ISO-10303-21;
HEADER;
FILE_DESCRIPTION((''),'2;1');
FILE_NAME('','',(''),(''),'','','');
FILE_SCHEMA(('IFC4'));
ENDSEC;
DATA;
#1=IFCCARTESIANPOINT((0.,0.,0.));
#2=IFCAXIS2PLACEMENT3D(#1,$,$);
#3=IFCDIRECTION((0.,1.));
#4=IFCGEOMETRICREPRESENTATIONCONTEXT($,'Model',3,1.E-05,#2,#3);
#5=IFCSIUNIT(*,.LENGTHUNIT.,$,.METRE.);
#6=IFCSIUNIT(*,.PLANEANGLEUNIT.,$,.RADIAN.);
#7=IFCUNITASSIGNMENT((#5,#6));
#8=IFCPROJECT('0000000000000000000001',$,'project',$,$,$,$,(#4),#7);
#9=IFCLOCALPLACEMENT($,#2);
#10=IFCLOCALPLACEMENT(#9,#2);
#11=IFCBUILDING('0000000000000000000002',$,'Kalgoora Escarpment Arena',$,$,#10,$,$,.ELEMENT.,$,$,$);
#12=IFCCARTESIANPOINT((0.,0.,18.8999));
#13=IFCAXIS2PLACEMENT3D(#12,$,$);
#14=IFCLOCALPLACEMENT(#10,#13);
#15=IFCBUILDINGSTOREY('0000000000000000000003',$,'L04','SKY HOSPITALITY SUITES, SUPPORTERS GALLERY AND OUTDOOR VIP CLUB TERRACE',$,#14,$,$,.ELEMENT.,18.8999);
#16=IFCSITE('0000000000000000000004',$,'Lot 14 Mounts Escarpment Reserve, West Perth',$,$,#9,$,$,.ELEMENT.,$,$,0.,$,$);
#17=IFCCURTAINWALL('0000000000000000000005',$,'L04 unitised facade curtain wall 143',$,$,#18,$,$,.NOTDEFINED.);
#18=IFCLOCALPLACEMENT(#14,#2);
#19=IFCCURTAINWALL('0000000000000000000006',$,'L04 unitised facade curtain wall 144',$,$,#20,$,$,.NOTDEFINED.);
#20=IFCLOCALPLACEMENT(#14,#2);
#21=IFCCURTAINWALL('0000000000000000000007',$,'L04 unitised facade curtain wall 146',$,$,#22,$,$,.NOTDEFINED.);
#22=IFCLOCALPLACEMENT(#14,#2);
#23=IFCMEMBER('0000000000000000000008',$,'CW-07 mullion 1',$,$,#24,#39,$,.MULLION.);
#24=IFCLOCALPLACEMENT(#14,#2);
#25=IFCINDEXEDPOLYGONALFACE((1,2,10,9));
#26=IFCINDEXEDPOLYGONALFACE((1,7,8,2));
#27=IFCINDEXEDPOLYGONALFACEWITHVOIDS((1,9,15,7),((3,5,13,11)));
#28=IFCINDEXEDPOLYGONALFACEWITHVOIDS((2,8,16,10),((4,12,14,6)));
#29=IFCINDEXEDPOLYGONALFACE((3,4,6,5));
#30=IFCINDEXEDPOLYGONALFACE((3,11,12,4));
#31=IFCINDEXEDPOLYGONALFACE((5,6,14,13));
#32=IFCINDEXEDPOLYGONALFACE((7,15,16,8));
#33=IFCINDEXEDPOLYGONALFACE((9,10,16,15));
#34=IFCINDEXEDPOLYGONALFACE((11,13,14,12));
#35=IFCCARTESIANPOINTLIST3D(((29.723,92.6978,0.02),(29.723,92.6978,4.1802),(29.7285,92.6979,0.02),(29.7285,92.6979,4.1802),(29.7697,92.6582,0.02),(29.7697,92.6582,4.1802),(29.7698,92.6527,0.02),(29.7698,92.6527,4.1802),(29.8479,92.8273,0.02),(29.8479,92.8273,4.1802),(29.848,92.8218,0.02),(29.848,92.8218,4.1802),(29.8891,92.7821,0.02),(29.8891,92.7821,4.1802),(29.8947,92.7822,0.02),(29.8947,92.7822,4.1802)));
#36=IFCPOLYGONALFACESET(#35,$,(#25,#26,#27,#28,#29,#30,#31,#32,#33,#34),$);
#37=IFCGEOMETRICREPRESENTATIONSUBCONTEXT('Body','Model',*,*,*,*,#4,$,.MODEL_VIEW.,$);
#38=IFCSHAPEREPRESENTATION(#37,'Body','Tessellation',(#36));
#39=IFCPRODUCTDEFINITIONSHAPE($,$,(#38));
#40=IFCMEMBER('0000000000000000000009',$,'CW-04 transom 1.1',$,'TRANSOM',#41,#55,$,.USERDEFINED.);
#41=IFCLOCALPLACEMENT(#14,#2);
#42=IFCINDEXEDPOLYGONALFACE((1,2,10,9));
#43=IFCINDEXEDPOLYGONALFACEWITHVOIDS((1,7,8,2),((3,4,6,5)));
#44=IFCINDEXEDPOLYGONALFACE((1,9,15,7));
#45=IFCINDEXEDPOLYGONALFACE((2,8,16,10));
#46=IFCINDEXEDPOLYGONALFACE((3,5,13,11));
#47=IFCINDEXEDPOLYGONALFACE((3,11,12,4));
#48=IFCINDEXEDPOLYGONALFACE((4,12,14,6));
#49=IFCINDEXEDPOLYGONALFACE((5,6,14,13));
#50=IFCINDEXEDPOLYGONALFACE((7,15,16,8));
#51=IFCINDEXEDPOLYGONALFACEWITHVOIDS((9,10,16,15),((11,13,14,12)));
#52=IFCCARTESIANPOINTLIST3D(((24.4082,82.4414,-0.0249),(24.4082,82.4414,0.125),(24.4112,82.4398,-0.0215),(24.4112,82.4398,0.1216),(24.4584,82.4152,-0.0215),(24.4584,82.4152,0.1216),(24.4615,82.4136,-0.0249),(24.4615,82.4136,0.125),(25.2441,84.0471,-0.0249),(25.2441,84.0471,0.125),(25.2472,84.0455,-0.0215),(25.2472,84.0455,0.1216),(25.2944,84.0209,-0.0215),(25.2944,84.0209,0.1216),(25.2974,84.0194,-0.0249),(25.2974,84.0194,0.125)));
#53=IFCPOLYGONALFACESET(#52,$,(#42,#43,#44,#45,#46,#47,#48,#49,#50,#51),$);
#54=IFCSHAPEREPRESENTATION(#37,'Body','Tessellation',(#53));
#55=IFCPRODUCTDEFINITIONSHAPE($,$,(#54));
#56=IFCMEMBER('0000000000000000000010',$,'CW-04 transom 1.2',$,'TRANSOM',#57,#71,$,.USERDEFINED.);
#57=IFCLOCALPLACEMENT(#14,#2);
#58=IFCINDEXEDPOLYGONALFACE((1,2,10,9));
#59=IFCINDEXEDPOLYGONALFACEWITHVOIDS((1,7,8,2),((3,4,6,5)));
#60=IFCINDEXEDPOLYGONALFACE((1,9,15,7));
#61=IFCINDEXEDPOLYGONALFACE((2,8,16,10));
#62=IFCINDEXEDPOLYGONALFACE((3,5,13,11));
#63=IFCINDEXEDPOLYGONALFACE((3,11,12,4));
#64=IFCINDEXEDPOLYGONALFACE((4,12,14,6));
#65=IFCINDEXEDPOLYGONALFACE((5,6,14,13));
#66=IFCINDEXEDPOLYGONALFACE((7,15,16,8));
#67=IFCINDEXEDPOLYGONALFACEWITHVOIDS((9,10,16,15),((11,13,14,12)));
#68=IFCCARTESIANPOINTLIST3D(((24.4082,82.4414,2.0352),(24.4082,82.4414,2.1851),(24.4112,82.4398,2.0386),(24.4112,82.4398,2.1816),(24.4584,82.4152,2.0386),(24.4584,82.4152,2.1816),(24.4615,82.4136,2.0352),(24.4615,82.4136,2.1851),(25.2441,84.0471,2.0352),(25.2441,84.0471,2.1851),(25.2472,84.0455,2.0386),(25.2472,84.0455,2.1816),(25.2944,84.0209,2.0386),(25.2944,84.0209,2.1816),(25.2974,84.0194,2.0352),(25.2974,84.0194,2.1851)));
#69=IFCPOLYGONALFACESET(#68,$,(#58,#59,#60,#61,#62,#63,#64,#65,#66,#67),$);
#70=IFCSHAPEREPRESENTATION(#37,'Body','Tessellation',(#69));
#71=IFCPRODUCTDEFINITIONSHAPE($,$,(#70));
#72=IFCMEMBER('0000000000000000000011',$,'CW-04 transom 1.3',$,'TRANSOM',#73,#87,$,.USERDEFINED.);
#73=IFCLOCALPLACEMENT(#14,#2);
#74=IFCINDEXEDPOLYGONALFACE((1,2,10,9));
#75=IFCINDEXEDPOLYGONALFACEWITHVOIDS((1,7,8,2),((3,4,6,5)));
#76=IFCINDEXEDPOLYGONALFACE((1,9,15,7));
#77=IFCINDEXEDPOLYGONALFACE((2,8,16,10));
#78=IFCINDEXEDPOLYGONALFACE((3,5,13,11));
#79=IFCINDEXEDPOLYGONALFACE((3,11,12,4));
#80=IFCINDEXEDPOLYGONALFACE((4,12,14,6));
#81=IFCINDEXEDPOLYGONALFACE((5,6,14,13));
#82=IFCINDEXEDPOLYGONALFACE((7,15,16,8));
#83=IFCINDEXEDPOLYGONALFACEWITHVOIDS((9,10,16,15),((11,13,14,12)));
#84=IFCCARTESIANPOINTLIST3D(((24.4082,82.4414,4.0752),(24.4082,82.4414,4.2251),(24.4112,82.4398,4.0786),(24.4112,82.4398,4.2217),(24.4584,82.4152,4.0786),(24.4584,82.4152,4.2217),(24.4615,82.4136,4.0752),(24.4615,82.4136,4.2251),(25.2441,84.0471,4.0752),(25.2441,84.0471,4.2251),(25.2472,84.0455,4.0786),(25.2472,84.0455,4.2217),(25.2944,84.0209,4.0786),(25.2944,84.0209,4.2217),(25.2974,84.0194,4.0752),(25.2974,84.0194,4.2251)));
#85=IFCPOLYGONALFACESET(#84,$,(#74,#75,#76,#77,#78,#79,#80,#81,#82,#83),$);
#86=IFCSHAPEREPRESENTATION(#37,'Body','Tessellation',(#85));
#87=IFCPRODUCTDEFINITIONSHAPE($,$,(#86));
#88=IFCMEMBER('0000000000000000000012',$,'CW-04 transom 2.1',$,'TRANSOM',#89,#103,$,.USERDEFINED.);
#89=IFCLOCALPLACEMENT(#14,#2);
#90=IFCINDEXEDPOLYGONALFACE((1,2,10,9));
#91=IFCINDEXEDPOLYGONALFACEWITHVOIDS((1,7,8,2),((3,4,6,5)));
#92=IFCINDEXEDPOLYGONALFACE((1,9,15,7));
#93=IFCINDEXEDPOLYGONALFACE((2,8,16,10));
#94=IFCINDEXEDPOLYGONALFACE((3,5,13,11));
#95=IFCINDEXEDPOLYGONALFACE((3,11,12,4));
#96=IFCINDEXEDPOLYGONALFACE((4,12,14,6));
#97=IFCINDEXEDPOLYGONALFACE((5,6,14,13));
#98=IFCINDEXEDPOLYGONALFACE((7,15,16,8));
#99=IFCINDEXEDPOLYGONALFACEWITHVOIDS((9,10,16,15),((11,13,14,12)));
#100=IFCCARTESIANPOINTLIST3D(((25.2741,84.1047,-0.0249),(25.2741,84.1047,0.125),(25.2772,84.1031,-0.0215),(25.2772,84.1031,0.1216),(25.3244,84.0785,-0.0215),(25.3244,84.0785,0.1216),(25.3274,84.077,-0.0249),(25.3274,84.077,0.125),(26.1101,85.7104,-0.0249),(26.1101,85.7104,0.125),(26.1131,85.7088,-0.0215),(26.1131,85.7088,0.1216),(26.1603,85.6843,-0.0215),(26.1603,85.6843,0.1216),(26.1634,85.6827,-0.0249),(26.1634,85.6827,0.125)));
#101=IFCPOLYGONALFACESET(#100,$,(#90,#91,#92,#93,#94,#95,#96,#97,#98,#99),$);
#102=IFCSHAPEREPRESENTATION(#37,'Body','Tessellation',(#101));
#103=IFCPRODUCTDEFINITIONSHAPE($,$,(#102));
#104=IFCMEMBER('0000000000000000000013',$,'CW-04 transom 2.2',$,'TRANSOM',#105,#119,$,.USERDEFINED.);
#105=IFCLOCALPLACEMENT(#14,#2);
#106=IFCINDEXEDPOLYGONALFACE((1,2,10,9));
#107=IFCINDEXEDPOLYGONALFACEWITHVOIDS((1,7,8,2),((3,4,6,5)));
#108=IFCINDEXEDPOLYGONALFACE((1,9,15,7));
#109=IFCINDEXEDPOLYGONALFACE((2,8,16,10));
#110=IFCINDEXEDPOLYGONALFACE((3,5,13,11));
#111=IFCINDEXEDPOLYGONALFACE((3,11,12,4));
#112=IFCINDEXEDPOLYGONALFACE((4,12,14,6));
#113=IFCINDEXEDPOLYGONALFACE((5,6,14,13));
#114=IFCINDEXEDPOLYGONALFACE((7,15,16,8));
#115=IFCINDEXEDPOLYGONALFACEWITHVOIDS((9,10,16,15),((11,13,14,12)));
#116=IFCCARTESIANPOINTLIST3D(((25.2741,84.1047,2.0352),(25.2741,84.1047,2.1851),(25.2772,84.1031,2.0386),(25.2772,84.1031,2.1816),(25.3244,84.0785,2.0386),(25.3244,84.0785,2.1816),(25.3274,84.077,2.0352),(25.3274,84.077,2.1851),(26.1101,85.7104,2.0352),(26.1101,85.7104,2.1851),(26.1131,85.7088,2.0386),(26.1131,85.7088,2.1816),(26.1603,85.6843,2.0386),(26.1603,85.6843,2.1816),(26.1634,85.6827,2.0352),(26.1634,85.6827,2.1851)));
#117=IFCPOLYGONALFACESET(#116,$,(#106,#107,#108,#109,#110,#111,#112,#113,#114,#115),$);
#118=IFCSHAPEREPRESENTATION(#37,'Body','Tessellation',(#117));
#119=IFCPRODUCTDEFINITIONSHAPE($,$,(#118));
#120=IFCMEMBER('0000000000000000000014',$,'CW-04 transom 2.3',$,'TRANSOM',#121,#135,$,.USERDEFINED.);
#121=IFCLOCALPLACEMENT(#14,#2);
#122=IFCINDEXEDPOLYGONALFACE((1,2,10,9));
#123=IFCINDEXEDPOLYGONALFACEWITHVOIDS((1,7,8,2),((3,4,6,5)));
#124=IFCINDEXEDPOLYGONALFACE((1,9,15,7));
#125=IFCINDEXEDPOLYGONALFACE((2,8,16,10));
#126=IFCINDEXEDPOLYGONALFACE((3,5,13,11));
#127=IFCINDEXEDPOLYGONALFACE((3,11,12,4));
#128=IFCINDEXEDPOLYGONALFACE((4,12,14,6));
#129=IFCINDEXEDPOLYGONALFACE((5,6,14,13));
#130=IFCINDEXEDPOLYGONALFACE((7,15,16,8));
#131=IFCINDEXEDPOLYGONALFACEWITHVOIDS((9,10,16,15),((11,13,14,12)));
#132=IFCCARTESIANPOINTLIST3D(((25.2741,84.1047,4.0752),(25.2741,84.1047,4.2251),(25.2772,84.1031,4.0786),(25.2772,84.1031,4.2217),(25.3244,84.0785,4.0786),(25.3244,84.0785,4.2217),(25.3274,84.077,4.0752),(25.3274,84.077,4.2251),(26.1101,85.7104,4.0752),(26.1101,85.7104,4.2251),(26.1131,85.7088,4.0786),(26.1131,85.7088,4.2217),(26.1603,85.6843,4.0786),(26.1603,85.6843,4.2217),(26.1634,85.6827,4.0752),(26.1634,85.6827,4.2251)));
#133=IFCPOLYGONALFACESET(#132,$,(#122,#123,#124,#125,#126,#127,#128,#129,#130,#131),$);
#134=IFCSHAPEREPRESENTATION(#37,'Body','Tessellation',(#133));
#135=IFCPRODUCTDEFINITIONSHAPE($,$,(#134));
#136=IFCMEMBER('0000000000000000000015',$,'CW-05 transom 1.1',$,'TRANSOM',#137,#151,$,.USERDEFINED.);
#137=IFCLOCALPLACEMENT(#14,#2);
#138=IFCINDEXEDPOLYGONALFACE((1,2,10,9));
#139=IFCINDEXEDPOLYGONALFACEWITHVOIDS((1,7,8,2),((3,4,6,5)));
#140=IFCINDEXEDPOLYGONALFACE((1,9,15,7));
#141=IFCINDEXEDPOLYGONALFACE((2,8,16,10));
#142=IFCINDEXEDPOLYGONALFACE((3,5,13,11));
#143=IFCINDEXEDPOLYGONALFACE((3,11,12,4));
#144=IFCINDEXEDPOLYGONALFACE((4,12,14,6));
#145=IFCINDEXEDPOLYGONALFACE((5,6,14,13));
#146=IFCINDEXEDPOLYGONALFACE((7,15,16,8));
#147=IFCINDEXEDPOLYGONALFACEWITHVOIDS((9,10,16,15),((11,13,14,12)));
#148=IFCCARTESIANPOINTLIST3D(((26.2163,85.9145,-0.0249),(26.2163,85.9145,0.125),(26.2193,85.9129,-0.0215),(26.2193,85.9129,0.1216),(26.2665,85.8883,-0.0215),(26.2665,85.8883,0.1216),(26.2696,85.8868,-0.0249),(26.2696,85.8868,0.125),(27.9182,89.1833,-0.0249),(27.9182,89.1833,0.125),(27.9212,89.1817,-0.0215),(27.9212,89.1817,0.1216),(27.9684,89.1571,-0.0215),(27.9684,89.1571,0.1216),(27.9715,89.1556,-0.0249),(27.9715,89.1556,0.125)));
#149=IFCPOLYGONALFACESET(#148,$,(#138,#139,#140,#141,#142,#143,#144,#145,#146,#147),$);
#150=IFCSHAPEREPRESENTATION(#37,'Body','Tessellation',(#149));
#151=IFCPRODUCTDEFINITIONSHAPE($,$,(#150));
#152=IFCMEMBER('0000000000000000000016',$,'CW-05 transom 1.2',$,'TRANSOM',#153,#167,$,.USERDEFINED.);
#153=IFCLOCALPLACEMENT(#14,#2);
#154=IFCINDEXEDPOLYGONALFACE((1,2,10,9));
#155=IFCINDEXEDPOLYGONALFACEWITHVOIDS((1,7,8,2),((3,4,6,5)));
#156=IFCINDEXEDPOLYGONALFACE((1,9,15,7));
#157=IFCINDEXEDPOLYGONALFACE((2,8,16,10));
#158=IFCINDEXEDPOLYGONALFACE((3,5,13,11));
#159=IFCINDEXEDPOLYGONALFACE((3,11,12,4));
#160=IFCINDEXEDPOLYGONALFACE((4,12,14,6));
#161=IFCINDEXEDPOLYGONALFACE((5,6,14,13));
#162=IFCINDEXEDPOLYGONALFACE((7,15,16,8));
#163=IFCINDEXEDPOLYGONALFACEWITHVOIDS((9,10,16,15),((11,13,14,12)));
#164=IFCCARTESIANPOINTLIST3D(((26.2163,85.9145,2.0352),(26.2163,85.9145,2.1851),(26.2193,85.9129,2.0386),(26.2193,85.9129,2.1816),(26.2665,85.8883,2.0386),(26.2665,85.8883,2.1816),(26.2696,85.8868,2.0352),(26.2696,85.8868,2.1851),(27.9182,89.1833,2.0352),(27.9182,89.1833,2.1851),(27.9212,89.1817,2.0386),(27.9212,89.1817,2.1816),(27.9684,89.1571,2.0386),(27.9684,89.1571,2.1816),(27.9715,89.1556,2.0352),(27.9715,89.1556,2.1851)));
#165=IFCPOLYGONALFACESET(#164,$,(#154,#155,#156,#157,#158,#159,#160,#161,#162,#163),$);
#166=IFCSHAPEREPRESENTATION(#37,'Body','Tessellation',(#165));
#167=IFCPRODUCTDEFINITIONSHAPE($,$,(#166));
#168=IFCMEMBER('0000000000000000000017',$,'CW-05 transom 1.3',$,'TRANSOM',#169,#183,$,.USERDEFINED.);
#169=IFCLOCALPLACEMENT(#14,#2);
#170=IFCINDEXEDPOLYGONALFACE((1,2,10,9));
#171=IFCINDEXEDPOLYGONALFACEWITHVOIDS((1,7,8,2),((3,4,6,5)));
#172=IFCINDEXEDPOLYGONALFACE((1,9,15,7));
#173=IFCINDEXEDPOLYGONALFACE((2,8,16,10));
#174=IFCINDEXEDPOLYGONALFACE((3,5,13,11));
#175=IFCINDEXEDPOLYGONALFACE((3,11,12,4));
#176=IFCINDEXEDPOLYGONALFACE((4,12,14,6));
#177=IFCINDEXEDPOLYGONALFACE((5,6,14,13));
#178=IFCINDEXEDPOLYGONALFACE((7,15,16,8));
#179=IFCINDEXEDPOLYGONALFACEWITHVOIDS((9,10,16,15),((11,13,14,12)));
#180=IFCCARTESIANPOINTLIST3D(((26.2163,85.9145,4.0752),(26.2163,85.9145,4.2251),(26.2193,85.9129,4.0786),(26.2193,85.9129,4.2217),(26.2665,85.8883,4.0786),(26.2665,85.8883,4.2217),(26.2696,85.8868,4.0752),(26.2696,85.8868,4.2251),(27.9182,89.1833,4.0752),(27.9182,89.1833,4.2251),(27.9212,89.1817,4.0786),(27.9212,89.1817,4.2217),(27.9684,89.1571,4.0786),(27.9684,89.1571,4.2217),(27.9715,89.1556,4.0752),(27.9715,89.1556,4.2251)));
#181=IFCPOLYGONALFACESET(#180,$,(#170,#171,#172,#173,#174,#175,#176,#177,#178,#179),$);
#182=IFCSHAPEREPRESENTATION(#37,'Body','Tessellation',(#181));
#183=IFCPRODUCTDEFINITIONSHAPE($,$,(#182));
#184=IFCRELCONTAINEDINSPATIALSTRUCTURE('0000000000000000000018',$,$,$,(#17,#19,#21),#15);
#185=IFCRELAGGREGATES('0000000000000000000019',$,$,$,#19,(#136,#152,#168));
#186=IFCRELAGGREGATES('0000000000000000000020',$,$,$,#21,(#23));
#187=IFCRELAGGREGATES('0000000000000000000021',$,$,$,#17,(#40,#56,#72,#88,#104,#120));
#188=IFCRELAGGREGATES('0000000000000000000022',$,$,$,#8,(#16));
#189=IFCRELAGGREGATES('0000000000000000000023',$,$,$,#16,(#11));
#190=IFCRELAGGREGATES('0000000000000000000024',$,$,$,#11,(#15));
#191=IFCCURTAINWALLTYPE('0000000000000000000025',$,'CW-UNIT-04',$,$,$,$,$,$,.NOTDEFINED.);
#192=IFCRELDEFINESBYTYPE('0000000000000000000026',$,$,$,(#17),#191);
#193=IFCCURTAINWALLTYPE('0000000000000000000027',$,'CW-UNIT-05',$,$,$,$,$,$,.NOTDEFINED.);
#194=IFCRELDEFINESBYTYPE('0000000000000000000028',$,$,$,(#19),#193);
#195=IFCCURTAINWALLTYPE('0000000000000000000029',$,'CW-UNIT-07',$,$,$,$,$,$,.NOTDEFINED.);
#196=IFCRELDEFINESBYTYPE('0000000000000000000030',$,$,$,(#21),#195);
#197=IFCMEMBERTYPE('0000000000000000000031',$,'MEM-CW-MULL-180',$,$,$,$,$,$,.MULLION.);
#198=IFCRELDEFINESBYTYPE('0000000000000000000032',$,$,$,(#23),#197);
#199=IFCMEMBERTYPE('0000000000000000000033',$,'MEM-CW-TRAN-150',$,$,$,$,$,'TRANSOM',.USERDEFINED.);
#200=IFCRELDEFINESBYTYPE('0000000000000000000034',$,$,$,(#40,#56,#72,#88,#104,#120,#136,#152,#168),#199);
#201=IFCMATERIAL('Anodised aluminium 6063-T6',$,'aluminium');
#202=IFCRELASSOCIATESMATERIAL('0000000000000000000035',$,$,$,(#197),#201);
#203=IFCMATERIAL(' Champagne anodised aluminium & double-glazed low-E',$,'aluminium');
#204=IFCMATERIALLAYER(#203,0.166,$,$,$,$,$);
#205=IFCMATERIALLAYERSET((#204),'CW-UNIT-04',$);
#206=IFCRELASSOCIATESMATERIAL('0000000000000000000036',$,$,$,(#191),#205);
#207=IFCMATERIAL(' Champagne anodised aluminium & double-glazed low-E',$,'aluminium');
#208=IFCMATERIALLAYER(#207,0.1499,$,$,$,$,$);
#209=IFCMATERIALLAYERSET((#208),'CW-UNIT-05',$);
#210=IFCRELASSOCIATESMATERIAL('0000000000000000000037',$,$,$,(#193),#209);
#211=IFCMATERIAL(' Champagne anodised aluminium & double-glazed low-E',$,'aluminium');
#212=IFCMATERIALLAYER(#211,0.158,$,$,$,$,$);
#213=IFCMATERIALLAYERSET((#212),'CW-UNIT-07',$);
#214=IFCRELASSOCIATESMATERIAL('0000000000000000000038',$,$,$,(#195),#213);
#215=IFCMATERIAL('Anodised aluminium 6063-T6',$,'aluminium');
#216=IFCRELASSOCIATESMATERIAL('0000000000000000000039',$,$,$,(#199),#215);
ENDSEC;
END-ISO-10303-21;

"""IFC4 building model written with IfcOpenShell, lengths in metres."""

from ifc_helpers import new_model, si_unit, direction, frame, origin, origin_2d, place, context, subcontext, project, spatial, hollow_rectangle, extrude, material, layer, layer_set, material_profile, profile_set, type_object, element, aggregate, save


model = new_model("IFC4")

# Units and contexts
model_context = context("Model", 3, precision=1e-05, world=origin(), true_north=direction((0.0, 1.0)))
body_context = subcontext(model_context, "Body", "Model", "MODEL_VIEW")
ifc_project = project(units=[si_unit("LENGTHUNIT", "METRE"), si_unit("PLANEANGLEUNIT", "RADIAN")], contexts=[model_context])

# Site, building, storey
site_placement = place(None, origin())
site = spatial("IfcSite", under=ifc_project, at=site_placement, Name="Lot 14 Mounts Escarpment Reserve, West Perth", CompositionType="ELEMENT", RefElevation=0.0)
building_placement = place(site_placement, origin())
building = spatial("IfcBuilding", under=site, at=building_placement, Name="Kalgoora Escarpment Arena", CompositionType="ELEMENT")
storey_placement = place(building_placement, frame((0.0, 0.0, 18.8999)))
storey = spatial("IfcBuildingStorey", under=building, at=storey_placement, Name="L04", Description="SKY HOSPITALITY SUITES, SUPPORTERS GALLERY AND OUTDOOR VIP CLUB TERRACE", CompositionType="ELEMENT", Elevation=18.8999)

# Shared definitions
ifc_material_1 = material(Name="Anodised aluminium 6063-T6", Category="aluminium")
ifc_material_profile_1 = material_profile(ifc_material_1, hollow_rectangle(XDim=0.0649, YDim=0.1799, WallThickness=0.0039, at=origin_2d()))
ifc_profile_set_1 = profile_set([ifc_material_profile_1], Name="Anodised aluminium 6063-T6")
member_type_1 = type_object("IfcMemberType", Name="MEM-CW-MULL-180", PredefinedType="MULLION", material=ifc_profile_set_1)

# Curtain walls
ifc_material_2 = material(Name=" Champagne anodised aluminium & double-glazed low-E", Category="aluminium")
ifc_layer_1 = layer(ifc_material_2, 0.166)
ifc_layer_set_1 = layer_set([ifc_layer_1], Name="CW-UNIT-04")
curtain_wall_type_1 = type_object("IfcCurtainWallType", Name="CW-UNIT-04", PredefinedType="NOTDEFINED", material=ifc_layer_set_1)
curtain_wall_1_placement = place(storey_placement, origin())
curtain_wall_1 = element("IfcCurtainWall", 1, at=curtain_wall_1_placement, inside=storey, type_object=curtain_wall_type_1, Name="L04 unitised facade curtain wall 143", PredefinedType="NOTDEFINED")
ifc_material_3 = material(Name=" Champagne anodised aluminium & double-glazed low-E", Category="aluminium")
ifc_layer_2 = layer(ifc_material_3, 0.1499)
ifc_layer_set_2 = layer_set([ifc_layer_2], Name="CW-UNIT-05")
curtain_wall_type_2 = type_object("IfcCurtainWallType", Name="CW-UNIT-05", PredefinedType="NOTDEFINED", material=ifc_layer_set_2)
curtain_wall_2_placement = place(storey_placement, origin())
curtain_wall_2 = element("IfcCurtainWall", 2, at=curtain_wall_2_placement, inside=storey, type_object=curtain_wall_type_2, Name="L04 unitised facade curtain wall 144", PredefinedType="NOTDEFINED")

# Curtain wall, member
ifc_material_4 = material(Name=" Champagne anodised aluminium & double-glazed low-E", Category="aluminium")
ifc_layer_3 = layer(ifc_material_4, 0.158)
ifc_layer_set_3 = layer_set([ifc_layer_3], Name="CW-UNIT-07")
curtain_wall_type_3 = type_object("IfcCurtainWallType", Name="CW-UNIT-07", PredefinedType="NOTDEFINED", material=ifc_layer_set_3)
curtain_wall_3_placement = place(storey_placement, origin())
curtain_wall_3 = element("IfcCurtainWall", 3, at=curtain_wall_3_placement, inside=storey, type_object=curtain_wall_type_3, Name="L04 unitised facade curtain wall 146", PredefinedType="NOTDEFINED")
member_1_placement = place(storey_placement, frame((29.8088, 92.74, 0.02), z_axis=(0.0, 0.0, 1.0), x_axis=(-0.71978, 0.694202, 0.0)))
member_1 = element("IfcMember", 4, at=member_1_placement, type_object=member_type_1, Name="CW-07 mullion 1", PredefinedType="MULLION", context=body_context, shape_type="SweptSolid", body=[
    extrude(hollow_rectangle(XDim=0.0649, YDim=0.1799, WallThickness=0.0039, at=origin_2d()), origin(), (0.0, 0.0, 1.0), 4.1602),
])

# Members
ifc_material_5 = material(Name="Anodised aluminium 6063-T6", Category="aluminium")
ifc_material_profile_2 = material_profile(ifc_material_5, hollow_rectangle(XDim=0.0601, YDim=0.1499, WallThickness=0.0034, at=origin_2d()))
ifc_profile_set_2 = profile_set([ifc_material_profile_2], Name="Anodised aluminium 6063-T6")
member_type_2 = type_object("IfcMemberType", Name="MEM-CW-TRAN-150", ElementType="TRANSOM", PredefinedType="USERDEFINED", material=ifc_profile_set_2)
member_2_placement = place(storey_placement, frame((24.4348, 82.4275, 0.05), z_axis=(0.461773, 0.886998, 0.0), x_axis=(-0.886998, 0.461773, 0.0)))
member_2 = element("IfcMember", 5, at=member_2_placement, type_object=member_type_2, Name="CW-04 transom 1.1", ObjectType="TRANSOM", PredefinedType="USERDEFINED", context=body_context, shape_type="SweptSolid", body=[
    extrude(hollow_rectangle(XDim=0.0601, YDim=0.1499, WallThickness=0.0034, at=origin_2d()), origin(), (0.0, 0.0, 1.0), 1.8103),
])
member_3_placement = place(storey_placement, frame((24.4348, 82.4275, 2.1101), z_axis=(0.461773, 0.886998, 0.0), x_axis=(-0.886998, 0.461773, 0.0)))
member_3 = element("IfcMember", 6, at=member_3_placement, type_object=member_type_2, Name="CW-04 transom 1.2", ObjectType="TRANSOM", PredefinedType="USERDEFINED", context=body_context, shape_type="SweptSolid", body=[
    extrude(hollow_rectangle(XDim=0.0601, YDim=0.1499, WallThickness=0.0034, at=origin_2d()), origin(), (0.0, 0.0, 1.0), 1.8103),
])
member_4_placement = place(storey_placement, frame((24.4348, 82.4275, 4.1501), z_axis=(0.461773, 0.886998, 0.0), x_axis=(-0.886998, 0.461773, 0.0)))
member_4 = element("IfcMember", 7, at=member_4_placement, type_object=member_type_2, Name="CW-04 transom 1.3", ObjectType="TRANSOM", PredefinedType="USERDEFINED", context=body_context, shape_type="SweptSolid", body=[
    extrude(hollow_rectangle(XDim=0.0601, YDim=0.1499, WallThickness=0.0034, at=origin_2d()), origin(), (0.0, 0.0, 1.0), 1.8103),
])
member_5_placement = place(storey_placement, frame((25.3008, 84.0908, 0.05), z_axis=(0.461773, 0.886998, 0.0), x_axis=(-0.886998, 0.461773, 0.0)))
member_5 = element("IfcMember", 8, at=member_5_placement, type_object=member_type_2, Name="CW-04 transom 2.1", ObjectType="TRANSOM", PredefinedType="USERDEFINED", context=body_context, shape_type="SweptSolid", body=[
    extrude(hollow_rectangle(XDim=0.0601, YDim=0.1499, WallThickness=0.0034, at=origin_2d()), origin(), (0.0, 0.0, 1.0), 1.8103),
])
member_6_placement = place(storey_placement, frame((25.3008, 84.0908, 2.1101), z_axis=(0.461773, 0.886998, 0.0), x_axis=(-0.886998, 0.461773, 0.0)))
member_6 = element("IfcMember", 9, at=member_6_placement, type_object=member_type_2, Name="CW-04 transom 2.2", ObjectType="TRANSOM", PredefinedType="USERDEFINED", context=body_context, shape_type="SweptSolid", body=[
    extrude(hollow_rectangle(XDim=0.0601, YDim=0.1499, WallThickness=0.0034, at=origin_2d()), origin(), (0.0, 0.0, 1.0), 1.8103),
])
member_7_placement = place(storey_placement, frame((25.3008, 84.0908, 4.1501), z_axis=(0.461773, 0.886998, 0.0), x_axis=(-0.886998, 0.461773, 0.0)))
member_7 = element("IfcMember", 10, at=member_7_placement, type_object=member_type_2, Name="CW-04 transom 2.3", ObjectType="TRANSOM", PredefinedType="USERDEFINED", context=body_context, shape_type="SweptSolid", body=[
    extrude(hollow_rectangle(XDim=0.0601, YDim=0.1499, WallThickness=0.0034, at=origin_2d()), origin(), (0.0, 0.0, 1.0), 1.8103),
])
member_8_placement = place(storey_placement, frame((26.2429, 85.9006, 0.05), z_axis=(0.461807, 0.88698, 0.0), x_axis=(-0.88698, 0.461807, 0.0)))
member_8 = element("IfcMember", 11, at=member_8_placement, type_object=member_type_2, Name="CW-05 transom 1.1", ObjectType="TRANSOM", PredefinedType="USERDEFINED", context=body_context, shape_type="SweptSolid", body=[
    extrude(hollow_rectangle(XDim=0.0601, YDim=0.1499, WallThickness=0.0034, at=origin_2d()), origin(), (0.0, 0.0, 1.0), 3.6853),
])
member_9_placement = place(storey_placement, frame((26.2429, 85.9006, 2.1101), z_axis=(0.461807, 0.88698, 0.0), x_axis=(-0.88698, 0.461807, 0.0)))
member_9 = element("IfcMember", 12, at=member_9_placement, type_object=member_type_2, Name="CW-05 transom 1.2", ObjectType="TRANSOM", PredefinedType="USERDEFINED", context=body_context, shape_type="SweptSolid", body=[
    extrude(hollow_rectangle(XDim=0.0601, YDim=0.1499, WallThickness=0.0034, at=origin_2d()), origin(), (0.0, 0.0, 1.0), 3.6853),
])
member_10_placement = place(storey_placement, frame((26.2429, 85.9006, 4.1501), z_axis=(0.461807, 0.88698, 0.0), x_axis=(-0.88698, 0.461807, 0.0)))
member_10 = element("IfcMember", 13, at=member_10_placement, type_object=member_type_2, Name="CW-05 transom 1.3", ObjectType="TRANSOM", PredefinedType="USERDEFINED", context=body_context, shape_type="SweptSolid", body=[
    extrude(hollow_rectangle(XDim=0.0601, YDim=0.1499, WallThickness=0.0034, at=origin_2d()), origin(), (0.0, 0.0, 1.0), 3.6853),
])

aggregate(curtain_wall_2, [member_8, member_9, member_10])
aggregate(curtain_wall_3, [member_1])
aggregate(curtain_wall_1, [member_2, member_3, member_4, member_5, member_6, member_7])

save(model, "model.ifc")
